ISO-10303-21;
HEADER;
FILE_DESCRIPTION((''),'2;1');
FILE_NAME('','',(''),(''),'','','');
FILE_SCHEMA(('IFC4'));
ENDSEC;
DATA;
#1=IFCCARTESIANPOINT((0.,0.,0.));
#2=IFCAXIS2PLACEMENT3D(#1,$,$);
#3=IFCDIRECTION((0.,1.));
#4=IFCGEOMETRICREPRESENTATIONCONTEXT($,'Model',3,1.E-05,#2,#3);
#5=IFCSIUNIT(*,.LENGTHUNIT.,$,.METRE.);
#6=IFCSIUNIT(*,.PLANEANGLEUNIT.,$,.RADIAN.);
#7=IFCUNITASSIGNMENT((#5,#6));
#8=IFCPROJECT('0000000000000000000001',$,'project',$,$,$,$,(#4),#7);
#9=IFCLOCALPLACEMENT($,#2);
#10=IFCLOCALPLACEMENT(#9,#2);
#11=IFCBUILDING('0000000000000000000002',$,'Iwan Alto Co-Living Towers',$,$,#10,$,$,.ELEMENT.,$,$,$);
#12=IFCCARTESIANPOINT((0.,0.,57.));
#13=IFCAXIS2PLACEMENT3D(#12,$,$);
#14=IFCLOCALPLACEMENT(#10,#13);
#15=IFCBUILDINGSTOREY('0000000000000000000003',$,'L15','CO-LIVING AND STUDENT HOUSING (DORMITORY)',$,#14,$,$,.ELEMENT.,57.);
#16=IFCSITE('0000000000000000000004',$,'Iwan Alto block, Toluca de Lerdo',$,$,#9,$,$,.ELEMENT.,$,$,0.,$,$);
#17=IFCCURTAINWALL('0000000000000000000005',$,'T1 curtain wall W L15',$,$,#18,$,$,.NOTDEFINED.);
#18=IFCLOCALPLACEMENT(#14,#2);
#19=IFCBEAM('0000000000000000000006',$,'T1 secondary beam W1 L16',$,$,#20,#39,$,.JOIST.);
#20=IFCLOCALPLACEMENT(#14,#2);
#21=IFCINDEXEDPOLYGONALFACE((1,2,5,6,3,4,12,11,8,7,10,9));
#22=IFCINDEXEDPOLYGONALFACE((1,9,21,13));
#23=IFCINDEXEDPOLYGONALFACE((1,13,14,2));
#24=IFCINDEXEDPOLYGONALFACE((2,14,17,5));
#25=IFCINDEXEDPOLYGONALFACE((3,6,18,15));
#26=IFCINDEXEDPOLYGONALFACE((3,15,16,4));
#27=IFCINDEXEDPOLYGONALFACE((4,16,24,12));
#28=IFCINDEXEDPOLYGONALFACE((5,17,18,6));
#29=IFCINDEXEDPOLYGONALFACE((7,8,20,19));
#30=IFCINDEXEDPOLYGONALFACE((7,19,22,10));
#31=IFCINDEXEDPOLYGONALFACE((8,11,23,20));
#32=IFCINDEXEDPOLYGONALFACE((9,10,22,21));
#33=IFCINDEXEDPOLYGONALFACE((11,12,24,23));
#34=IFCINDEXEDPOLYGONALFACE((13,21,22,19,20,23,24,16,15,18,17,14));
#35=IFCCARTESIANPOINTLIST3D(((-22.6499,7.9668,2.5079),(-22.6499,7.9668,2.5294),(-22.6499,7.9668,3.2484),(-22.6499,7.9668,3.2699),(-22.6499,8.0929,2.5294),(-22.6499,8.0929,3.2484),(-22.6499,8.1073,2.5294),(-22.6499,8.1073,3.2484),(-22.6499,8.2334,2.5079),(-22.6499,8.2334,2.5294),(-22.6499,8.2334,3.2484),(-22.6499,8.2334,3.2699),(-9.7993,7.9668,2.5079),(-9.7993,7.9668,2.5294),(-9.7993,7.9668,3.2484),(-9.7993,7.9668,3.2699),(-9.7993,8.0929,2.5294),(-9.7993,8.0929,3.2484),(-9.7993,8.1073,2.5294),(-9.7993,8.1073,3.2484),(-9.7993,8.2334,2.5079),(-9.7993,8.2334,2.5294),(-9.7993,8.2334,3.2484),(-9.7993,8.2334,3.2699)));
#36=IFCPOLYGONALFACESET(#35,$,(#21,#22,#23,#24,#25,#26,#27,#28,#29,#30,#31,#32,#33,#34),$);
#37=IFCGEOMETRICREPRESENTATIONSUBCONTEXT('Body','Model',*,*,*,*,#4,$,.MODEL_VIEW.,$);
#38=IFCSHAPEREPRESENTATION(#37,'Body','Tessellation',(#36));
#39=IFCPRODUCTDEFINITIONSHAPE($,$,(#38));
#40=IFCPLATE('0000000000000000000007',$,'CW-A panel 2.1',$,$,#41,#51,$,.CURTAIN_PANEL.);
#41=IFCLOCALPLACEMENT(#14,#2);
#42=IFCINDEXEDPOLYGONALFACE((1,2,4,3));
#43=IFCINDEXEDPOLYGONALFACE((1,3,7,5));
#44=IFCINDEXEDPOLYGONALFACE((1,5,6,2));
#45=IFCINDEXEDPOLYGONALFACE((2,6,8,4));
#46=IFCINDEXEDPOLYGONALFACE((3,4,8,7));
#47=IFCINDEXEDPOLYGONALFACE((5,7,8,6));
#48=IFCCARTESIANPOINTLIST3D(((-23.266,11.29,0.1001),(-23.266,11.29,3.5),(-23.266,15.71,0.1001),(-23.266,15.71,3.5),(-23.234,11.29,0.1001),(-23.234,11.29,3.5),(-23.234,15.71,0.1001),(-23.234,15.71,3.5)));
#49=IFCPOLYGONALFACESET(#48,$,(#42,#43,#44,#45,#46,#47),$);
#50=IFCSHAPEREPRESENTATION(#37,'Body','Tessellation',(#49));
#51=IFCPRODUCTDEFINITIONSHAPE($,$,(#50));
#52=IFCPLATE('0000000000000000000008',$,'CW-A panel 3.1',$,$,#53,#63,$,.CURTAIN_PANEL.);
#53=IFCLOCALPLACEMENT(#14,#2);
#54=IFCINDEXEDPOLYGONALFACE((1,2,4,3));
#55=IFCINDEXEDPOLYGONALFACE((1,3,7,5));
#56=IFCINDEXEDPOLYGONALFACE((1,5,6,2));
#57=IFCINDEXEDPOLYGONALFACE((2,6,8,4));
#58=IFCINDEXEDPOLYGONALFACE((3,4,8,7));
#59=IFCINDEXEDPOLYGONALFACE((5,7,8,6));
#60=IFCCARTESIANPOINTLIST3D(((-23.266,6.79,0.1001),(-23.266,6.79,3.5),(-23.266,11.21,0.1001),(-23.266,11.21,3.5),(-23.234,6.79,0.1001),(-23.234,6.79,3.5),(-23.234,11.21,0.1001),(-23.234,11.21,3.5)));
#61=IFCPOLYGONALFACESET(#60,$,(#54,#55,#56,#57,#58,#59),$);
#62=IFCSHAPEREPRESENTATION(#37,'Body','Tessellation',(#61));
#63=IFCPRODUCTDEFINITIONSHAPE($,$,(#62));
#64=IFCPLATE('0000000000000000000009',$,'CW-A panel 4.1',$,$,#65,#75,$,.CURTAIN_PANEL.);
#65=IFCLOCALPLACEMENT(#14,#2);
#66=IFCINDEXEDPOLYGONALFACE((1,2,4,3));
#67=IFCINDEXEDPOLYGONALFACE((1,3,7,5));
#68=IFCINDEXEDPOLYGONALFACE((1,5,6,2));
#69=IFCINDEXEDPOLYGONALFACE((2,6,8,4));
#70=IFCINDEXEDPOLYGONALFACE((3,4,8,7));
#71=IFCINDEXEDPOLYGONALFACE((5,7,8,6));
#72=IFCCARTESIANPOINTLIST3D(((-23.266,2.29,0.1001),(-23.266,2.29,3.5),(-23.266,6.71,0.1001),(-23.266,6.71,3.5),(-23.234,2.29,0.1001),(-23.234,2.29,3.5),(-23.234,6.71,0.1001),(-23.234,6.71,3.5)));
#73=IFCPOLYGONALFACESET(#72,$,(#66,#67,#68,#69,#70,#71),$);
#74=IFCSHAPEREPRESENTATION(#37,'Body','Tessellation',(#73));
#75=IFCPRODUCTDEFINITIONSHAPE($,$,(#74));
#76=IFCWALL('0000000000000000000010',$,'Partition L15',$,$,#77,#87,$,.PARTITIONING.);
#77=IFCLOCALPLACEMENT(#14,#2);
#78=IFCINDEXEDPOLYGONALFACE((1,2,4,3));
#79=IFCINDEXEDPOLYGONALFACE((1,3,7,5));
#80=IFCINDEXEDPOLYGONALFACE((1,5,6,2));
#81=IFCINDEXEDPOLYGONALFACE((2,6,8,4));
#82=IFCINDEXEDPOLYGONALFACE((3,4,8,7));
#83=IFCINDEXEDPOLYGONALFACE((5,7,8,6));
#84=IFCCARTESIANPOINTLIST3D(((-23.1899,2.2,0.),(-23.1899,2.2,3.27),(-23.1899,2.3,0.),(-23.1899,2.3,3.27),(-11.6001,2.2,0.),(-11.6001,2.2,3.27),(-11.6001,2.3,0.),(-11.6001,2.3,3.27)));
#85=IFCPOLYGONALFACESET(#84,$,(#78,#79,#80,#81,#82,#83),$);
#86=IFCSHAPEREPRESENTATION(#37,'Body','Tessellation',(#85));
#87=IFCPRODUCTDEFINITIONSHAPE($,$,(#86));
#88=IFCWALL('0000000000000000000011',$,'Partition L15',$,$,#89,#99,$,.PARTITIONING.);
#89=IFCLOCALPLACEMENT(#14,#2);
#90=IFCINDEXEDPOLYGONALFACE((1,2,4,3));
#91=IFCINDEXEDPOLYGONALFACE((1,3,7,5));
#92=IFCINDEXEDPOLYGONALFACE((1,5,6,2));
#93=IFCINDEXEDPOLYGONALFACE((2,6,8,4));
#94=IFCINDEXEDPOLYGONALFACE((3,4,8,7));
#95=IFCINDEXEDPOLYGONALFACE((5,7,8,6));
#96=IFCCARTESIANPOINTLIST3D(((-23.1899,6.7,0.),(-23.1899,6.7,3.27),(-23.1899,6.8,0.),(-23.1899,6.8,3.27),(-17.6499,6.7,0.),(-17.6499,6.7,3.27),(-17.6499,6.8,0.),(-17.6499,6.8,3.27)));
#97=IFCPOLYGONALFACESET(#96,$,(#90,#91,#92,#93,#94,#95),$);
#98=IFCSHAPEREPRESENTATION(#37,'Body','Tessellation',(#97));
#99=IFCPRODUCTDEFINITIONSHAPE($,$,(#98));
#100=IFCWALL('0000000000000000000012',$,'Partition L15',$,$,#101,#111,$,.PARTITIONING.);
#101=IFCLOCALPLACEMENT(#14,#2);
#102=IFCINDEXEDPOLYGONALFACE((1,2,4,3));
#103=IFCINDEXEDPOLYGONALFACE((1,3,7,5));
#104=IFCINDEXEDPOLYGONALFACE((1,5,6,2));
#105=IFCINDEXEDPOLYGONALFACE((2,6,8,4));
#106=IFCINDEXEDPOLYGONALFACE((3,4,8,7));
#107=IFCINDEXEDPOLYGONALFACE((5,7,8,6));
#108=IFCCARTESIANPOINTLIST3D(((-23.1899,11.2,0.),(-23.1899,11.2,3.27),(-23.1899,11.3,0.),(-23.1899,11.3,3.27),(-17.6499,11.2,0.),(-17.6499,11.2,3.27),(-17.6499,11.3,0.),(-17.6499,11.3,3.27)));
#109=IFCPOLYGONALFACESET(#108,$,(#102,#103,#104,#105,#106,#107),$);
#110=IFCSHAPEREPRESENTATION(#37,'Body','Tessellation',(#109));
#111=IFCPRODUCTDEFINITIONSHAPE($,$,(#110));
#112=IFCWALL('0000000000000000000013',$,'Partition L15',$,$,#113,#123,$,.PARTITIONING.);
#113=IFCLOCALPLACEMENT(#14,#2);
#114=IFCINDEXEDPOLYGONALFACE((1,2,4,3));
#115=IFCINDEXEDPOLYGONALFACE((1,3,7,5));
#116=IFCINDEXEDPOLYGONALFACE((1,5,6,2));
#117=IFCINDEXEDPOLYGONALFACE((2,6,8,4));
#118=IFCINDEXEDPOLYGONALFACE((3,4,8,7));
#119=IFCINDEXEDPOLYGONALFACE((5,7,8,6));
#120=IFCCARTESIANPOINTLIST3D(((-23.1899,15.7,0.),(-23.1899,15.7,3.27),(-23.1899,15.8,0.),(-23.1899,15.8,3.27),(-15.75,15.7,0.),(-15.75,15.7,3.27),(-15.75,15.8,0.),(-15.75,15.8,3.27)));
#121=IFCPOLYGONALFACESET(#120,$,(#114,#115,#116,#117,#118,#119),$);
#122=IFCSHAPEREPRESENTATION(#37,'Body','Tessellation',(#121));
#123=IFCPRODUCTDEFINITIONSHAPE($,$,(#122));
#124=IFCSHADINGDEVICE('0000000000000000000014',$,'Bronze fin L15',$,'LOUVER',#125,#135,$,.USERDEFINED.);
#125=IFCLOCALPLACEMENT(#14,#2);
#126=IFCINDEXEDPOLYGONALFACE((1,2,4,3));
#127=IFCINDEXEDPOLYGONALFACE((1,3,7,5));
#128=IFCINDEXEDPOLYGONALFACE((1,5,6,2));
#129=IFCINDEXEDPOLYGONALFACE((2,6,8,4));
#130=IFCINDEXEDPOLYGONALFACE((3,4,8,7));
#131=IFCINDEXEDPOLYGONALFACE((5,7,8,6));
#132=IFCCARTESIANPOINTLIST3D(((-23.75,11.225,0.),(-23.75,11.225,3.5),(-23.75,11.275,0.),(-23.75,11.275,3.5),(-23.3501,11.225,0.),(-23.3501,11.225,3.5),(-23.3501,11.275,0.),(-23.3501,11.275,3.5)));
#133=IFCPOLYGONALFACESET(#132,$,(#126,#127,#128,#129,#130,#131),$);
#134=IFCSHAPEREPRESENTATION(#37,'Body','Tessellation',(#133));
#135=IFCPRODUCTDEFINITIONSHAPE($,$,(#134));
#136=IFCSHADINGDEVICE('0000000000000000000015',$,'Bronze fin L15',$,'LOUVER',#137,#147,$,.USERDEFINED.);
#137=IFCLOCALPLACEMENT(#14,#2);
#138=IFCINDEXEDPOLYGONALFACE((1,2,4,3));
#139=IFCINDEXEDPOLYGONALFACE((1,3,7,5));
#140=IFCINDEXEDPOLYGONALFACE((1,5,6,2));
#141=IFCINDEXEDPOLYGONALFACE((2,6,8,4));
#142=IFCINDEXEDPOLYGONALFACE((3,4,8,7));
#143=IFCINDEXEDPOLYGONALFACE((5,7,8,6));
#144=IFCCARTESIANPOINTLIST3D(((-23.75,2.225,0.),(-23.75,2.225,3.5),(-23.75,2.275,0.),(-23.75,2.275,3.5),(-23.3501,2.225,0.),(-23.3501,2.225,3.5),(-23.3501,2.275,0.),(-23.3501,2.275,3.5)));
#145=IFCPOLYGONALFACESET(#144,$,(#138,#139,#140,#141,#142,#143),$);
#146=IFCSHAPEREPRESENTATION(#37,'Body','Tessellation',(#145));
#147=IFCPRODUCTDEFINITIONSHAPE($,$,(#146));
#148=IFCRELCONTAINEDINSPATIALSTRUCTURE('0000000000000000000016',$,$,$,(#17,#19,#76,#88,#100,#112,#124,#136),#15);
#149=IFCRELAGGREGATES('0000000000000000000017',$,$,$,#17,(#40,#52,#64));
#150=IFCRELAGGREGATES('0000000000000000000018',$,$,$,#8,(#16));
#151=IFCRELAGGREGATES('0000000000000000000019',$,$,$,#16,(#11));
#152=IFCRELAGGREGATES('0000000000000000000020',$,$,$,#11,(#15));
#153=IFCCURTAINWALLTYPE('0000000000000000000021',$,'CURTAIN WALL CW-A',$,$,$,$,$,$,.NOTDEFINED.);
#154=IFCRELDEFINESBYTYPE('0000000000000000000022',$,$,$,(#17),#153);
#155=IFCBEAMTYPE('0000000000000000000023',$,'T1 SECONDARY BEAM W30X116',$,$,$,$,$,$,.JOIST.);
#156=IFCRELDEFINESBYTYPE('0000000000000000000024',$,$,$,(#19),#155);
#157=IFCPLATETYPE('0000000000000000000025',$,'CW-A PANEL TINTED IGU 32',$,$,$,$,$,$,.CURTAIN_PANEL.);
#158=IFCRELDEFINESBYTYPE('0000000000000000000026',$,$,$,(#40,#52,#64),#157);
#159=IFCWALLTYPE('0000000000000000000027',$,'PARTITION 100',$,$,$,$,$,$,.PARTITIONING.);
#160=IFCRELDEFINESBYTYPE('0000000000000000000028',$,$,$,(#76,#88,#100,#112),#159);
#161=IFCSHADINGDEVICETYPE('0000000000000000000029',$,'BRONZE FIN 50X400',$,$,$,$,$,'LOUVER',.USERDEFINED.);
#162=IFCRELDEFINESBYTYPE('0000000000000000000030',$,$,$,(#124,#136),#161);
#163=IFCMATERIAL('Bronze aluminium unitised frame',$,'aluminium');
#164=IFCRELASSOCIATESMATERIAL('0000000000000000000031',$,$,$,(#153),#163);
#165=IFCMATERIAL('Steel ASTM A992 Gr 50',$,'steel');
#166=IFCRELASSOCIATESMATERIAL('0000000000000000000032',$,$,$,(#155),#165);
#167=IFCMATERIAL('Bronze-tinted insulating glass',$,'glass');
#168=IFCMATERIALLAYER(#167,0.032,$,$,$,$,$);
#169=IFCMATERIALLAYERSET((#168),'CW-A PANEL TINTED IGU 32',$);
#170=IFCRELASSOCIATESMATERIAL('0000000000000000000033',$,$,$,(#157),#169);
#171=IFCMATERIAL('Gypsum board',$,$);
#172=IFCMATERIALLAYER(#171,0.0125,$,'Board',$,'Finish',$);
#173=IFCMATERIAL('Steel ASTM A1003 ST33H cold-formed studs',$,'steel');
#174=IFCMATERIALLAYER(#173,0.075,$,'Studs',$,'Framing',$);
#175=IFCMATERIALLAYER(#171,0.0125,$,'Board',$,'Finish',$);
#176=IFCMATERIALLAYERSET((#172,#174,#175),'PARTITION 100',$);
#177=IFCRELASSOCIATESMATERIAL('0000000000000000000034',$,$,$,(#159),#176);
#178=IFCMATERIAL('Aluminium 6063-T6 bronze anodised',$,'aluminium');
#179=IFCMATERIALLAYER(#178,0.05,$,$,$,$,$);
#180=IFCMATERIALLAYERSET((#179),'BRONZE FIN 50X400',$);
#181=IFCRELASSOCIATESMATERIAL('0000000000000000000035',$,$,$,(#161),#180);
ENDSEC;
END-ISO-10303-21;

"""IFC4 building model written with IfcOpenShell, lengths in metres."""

from ifc_helpers import new_model, si_unit, direction, frame, frame_2d, origin, origin_2d, place, context, subcontext, project, spatial, rectangle, i_section, extrude, material, layer, layer_set, material_profile, profile_set, type_object, element, aggregate, save


model = new_model("IFC4")

# Units and contexts
model_context = context("Model", 3, precision=1e-05, world=origin(), true_north=direction((0.0, 1.0)))
body_context = subcontext(model_context, "Body", "Model", "MODEL_VIEW")
ifc_project = project(units=[si_unit("LENGTHUNIT", "METRE"), si_unit("PLANEANGLEUNIT", "RADIAN")], contexts=[model_context])

# Site, building, storey
site_placement = place(None, origin())
site = spatial("IfcSite", under=ifc_project, at=site_placement, Name="Iwan Alto block, Toluca de Lerdo", CompositionType="ELEMENT", RefElevation=0.0)
building_placement = place(site_placement, origin())
building = spatial("IfcBuilding", under=site, at=building_placement, Name="Iwan Alto Co-Living Towers", CompositionType="ELEMENT")
storey_placement = place(building_placement, frame((0.0, 0.0, 57.0)))
storey = spatial("IfcBuildingStorey", under=building, at=storey_placement, Name="L15", Description="CO-LIVING AND STUDENT HOUSING (DORMITORY)", CompositionType="ELEMENT", Elevation=57.0)

# Curtain wall
ifc_material_1 = material(Name="Bronze aluminium unitised frame", Category="aluminium")
curtain_wall_type = type_object("IfcCurtainWallType", Name="CURTAIN WALL CW-A", PredefinedType="NOTDEFINED", material=ifc_material_1)
curtain_wall_placement = place(storey_placement, origin())
curtain_wall = element("IfcCurtainWall", 1, at=curtain_wall_placement, inside=storey, type_object=curtain_wall_type, Name="T1 curtain wall W L15", PredefinedType="NOTDEFINED")

# Beam
ifc_material_2 = material(Name="Steel ASTM A992 Gr 50", Category="steel")
ifc_material_profile_1 = material_profile(ifc_material_2, i_section(OverallWidth=0.2666, OverallDepth=0.762, WebThickness=0.0144, FlangeThickness=0.0215, at=origin_2d()), Name="W30X116")
ifc_profile_set_1 = profile_set([ifc_material_profile_1], Name="Steel ASTM A992 Gr 50")
beam_type_1 = type_object("IfcBeamType", Name="T1 SECONDARY BEAM W30X116", PredefinedType="JOIST", material=ifc_profile_set_1)
beam_1_placement = place(storey_placement, frame((-22.6499, 8.1001, 2.8889), z_axis=(1.0, 0.0, 0.0), x_axis=(0.0, 1.0, 0.0)))
element("IfcBeam", 2, at=beam_1_placement, inside=storey, type_object=beam_type_1, Name="T1 secondary beam W1 L16", PredefinedType="JOIST", context=body_context, shape_type="SweptSolid", body=[
    extrude(i_section(OverallWidth=0.2666, OverallDepth=0.762, WebThickness=0.0144, FlangeThickness=0.0215, at=origin_2d()), origin(), (0.0, 0.0, 1.0), 12.8506),
])

# Plates
ifc_material_3 = material(Name="Bronze-tinted insulating glass", Category="glass")
ifc_layer_1 = layer(ifc_material_3, 0.032)
ifc_layer_set_1 = layer_set([ifc_layer_1], Name="CW-A PANEL TINTED IGU 32")
plate_type = type_object("IfcPlateType", Name="CW-A PANEL TINTED IGU 32", PredefinedType="CURTAIN_PANEL", material=ifc_layer_set_1)
plate_1_placement = place(storey_placement, frame((-23.25, 13.5, 0.1001), z_axis=(0.0, 0.0, 1.0), x_axis=(0.0, -1.0, 0.0)))
plate_1 = element("IfcPlate", 3, at=plate_1_placement, type_object=plate_type, Name="CW-A panel 2.1", PredefinedType="CURTAIN_PANEL", context=body_context, shape_type="SweptSolid", body=[
    extrude(rectangle(XDim=4.4199, YDim=0.032, at=origin_2d()), origin(), (0.0, 0.0, 1.0), 3.3999),
])
plate_2_placement = place(storey_placement, frame((-23.25, 9.0, 0.1001), z_axis=(0.0, 0.0, 1.0), x_axis=(0.0, -1.0, 0.0)))
plate_2 = element("IfcPlate", 4, at=plate_2_placement, type_object=plate_type, Name="CW-A panel 3.1", PredefinedType="CURTAIN_PANEL", context=body_context, shape_type="SweptSolid", body=[
    extrude(rectangle(XDim=4.4199, YDim=0.032, at=origin_2d()), origin(), (0.0, 0.0, 1.0), 3.3999),
])
plate_3_placement = place(storey_placement, frame((-23.25, 4.5, 0.1001), z_axis=(0.0, 0.0, 1.0), x_axis=(0.0, -1.0, 0.0)))
plate_3 = element("IfcPlate", 5, at=plate_3_placement, type_object=plate_type, Name="CW-A panel 4.1", PredefinedType="CURTAIN_PANEL", context=body_context, shape_type="SweptSolid", body=[
    extrude(rectangle(XDim=4.4199, YDim=0.032, at=origin_2d()), origin(), (0.0, 0.0, 1.0), 3.3999),
])
aggregate(curtain_wall, [plate_1, plate_2, plate_3])

# Walls
ifc_material_4 = material(Name="Gypsum board")
ifc_layer_2 = layer(ifc_material_4, 0.0125, Name="Board", Category="Finish")
ifc_material_5 = material(Name="Steel ASTM A1003 ST33H cold-formed studs", Category="steel")
ifc_layer_3 = layer(ifc_material_5, 0.075, Name="Studs", Category="Framing")
ifc_layer_4 = layer(ifc_material_4, 0.0125, Name="Board", Category="Finish")
ifc_layer_set_2 = layer_set([ifc_layer_2, ifc_layer_3, ifc_layer_4], Name="PARTITION 100")
wall_type = type_object("IfcWallType", Name="PARTITION 100", PredefinedType="PARTITIONING", material=ifc_layer_set_2)
wall_1_placement = place(storey_placement, frame((-23.1899, 2.25, 0.0), z_axis=(0.0, 0.0, 1.0), x_axis=(1.0, 0.0, 0.0)))
element("IfcWall", 6, at=wall_1_placement, inside=storey, type_object=wall_type, Name="Partition L15", PredefinedType="PARTITIONING", context=body_context, shape_type="SweptSolid", body=[
    extrude(rectangle(XDim=11.5898, YDim=0.1001, at=frame_2d((5.7949, 0.0))), origin(), (0.0, 0.0, 1.0), 3.27),
])
for number, where, z_axis, x_axis, name in (
    (7, (-23.1899, 6.75, 0.0), (0.0, 0.0, 1.0), (1.0, 0.0, 0.0), "Partition L15"),
    (8, (-23.1899, 11.25, 0.0), (0.0, 0.0, 1.0), (1.0, 0.0, 0.0), "Partition L15"),
):
    element("IfcWall", number, at=place(storey_placement, frame(where, z_axis=z_axis, x_axis=x_axis)), inside=storey, type_object=wall_type, Name=name, PredefinedType="PARTITIONING", context=body_context, shape_type="SweptSolid", body=[
        extrude(rectangle(XDim=5.54, YDim=0.1001, at=frame_2d((2.77, 0.0))), origin(), (0.0, 0.0, 1.0), 3.27),
    ])
wall_2_placement = place(storey_placement, frame((-23.1899, 15.75, 0.0), z_axis=(0.0, 0.0, 1.0), x_axis=(1.0, 0.0, 0.0)))
element("IfcWall", 9, at=wall_2_placement, inside=storey, type_object=wall_type, Name="Partition L15", PredefinedType="PARTITIONING", context=body_context, shape_type="SweptSolid", body=[
    extrude(rectangle(XDim=7.4399, YDim=0.1001, at=frame_2d((3.72, 0.0))), origin(), (0.0, 0.0, 1.0), 3.27),
])

# Shading devices
ifc_material_6 = material(Name="Aluminium 6063-T6 bronze anodised", Category="aluminium")
ifc_layer_5 = layer(ifc_material_6, 0.05)
ifc_layer_set_3 = layer_set([ifc_layer_5], Name="BRONZE FIN 50X400")
shading_device_type = type_object("IfcShadingDeviceType", Name="BRONZE FIN 50X400", ElementType="LOUVER", PredefinedType="USERDEFINED", material=ifc_layer_set_3)
for number, where, z_axis, x_axis, name in (
    (10, (-23.55, 11.25, 0.0), (0.0, 0.0, 1.0), (0.0, -1.0, 0.0), "Bronze fin L15"),
    (11, (-23.55, 2.25, 0.0), (0.0, 0.0, 1.0), (0.0, -1.0, 0.0), "Bronze fin L15"),
):
    element("IfcShadingDevice", number, at=place(storey_placement, frame(where, z_axis=z_axis, x_axis=x_axis)), inside=storey, type_object=shading_device_type, Name=name, ObjectType="LOUVER", PredefinedType="USERDEFINED", context=body_context, shape_type="SweptSolid", body=[
        extrude(rectangle(XDim=0.05, YDim=0.3999, at=origin_2d()), origin(), (0.0, 0.0, 1.0), 3.5),
    ])

save(model, "model.ifc")
